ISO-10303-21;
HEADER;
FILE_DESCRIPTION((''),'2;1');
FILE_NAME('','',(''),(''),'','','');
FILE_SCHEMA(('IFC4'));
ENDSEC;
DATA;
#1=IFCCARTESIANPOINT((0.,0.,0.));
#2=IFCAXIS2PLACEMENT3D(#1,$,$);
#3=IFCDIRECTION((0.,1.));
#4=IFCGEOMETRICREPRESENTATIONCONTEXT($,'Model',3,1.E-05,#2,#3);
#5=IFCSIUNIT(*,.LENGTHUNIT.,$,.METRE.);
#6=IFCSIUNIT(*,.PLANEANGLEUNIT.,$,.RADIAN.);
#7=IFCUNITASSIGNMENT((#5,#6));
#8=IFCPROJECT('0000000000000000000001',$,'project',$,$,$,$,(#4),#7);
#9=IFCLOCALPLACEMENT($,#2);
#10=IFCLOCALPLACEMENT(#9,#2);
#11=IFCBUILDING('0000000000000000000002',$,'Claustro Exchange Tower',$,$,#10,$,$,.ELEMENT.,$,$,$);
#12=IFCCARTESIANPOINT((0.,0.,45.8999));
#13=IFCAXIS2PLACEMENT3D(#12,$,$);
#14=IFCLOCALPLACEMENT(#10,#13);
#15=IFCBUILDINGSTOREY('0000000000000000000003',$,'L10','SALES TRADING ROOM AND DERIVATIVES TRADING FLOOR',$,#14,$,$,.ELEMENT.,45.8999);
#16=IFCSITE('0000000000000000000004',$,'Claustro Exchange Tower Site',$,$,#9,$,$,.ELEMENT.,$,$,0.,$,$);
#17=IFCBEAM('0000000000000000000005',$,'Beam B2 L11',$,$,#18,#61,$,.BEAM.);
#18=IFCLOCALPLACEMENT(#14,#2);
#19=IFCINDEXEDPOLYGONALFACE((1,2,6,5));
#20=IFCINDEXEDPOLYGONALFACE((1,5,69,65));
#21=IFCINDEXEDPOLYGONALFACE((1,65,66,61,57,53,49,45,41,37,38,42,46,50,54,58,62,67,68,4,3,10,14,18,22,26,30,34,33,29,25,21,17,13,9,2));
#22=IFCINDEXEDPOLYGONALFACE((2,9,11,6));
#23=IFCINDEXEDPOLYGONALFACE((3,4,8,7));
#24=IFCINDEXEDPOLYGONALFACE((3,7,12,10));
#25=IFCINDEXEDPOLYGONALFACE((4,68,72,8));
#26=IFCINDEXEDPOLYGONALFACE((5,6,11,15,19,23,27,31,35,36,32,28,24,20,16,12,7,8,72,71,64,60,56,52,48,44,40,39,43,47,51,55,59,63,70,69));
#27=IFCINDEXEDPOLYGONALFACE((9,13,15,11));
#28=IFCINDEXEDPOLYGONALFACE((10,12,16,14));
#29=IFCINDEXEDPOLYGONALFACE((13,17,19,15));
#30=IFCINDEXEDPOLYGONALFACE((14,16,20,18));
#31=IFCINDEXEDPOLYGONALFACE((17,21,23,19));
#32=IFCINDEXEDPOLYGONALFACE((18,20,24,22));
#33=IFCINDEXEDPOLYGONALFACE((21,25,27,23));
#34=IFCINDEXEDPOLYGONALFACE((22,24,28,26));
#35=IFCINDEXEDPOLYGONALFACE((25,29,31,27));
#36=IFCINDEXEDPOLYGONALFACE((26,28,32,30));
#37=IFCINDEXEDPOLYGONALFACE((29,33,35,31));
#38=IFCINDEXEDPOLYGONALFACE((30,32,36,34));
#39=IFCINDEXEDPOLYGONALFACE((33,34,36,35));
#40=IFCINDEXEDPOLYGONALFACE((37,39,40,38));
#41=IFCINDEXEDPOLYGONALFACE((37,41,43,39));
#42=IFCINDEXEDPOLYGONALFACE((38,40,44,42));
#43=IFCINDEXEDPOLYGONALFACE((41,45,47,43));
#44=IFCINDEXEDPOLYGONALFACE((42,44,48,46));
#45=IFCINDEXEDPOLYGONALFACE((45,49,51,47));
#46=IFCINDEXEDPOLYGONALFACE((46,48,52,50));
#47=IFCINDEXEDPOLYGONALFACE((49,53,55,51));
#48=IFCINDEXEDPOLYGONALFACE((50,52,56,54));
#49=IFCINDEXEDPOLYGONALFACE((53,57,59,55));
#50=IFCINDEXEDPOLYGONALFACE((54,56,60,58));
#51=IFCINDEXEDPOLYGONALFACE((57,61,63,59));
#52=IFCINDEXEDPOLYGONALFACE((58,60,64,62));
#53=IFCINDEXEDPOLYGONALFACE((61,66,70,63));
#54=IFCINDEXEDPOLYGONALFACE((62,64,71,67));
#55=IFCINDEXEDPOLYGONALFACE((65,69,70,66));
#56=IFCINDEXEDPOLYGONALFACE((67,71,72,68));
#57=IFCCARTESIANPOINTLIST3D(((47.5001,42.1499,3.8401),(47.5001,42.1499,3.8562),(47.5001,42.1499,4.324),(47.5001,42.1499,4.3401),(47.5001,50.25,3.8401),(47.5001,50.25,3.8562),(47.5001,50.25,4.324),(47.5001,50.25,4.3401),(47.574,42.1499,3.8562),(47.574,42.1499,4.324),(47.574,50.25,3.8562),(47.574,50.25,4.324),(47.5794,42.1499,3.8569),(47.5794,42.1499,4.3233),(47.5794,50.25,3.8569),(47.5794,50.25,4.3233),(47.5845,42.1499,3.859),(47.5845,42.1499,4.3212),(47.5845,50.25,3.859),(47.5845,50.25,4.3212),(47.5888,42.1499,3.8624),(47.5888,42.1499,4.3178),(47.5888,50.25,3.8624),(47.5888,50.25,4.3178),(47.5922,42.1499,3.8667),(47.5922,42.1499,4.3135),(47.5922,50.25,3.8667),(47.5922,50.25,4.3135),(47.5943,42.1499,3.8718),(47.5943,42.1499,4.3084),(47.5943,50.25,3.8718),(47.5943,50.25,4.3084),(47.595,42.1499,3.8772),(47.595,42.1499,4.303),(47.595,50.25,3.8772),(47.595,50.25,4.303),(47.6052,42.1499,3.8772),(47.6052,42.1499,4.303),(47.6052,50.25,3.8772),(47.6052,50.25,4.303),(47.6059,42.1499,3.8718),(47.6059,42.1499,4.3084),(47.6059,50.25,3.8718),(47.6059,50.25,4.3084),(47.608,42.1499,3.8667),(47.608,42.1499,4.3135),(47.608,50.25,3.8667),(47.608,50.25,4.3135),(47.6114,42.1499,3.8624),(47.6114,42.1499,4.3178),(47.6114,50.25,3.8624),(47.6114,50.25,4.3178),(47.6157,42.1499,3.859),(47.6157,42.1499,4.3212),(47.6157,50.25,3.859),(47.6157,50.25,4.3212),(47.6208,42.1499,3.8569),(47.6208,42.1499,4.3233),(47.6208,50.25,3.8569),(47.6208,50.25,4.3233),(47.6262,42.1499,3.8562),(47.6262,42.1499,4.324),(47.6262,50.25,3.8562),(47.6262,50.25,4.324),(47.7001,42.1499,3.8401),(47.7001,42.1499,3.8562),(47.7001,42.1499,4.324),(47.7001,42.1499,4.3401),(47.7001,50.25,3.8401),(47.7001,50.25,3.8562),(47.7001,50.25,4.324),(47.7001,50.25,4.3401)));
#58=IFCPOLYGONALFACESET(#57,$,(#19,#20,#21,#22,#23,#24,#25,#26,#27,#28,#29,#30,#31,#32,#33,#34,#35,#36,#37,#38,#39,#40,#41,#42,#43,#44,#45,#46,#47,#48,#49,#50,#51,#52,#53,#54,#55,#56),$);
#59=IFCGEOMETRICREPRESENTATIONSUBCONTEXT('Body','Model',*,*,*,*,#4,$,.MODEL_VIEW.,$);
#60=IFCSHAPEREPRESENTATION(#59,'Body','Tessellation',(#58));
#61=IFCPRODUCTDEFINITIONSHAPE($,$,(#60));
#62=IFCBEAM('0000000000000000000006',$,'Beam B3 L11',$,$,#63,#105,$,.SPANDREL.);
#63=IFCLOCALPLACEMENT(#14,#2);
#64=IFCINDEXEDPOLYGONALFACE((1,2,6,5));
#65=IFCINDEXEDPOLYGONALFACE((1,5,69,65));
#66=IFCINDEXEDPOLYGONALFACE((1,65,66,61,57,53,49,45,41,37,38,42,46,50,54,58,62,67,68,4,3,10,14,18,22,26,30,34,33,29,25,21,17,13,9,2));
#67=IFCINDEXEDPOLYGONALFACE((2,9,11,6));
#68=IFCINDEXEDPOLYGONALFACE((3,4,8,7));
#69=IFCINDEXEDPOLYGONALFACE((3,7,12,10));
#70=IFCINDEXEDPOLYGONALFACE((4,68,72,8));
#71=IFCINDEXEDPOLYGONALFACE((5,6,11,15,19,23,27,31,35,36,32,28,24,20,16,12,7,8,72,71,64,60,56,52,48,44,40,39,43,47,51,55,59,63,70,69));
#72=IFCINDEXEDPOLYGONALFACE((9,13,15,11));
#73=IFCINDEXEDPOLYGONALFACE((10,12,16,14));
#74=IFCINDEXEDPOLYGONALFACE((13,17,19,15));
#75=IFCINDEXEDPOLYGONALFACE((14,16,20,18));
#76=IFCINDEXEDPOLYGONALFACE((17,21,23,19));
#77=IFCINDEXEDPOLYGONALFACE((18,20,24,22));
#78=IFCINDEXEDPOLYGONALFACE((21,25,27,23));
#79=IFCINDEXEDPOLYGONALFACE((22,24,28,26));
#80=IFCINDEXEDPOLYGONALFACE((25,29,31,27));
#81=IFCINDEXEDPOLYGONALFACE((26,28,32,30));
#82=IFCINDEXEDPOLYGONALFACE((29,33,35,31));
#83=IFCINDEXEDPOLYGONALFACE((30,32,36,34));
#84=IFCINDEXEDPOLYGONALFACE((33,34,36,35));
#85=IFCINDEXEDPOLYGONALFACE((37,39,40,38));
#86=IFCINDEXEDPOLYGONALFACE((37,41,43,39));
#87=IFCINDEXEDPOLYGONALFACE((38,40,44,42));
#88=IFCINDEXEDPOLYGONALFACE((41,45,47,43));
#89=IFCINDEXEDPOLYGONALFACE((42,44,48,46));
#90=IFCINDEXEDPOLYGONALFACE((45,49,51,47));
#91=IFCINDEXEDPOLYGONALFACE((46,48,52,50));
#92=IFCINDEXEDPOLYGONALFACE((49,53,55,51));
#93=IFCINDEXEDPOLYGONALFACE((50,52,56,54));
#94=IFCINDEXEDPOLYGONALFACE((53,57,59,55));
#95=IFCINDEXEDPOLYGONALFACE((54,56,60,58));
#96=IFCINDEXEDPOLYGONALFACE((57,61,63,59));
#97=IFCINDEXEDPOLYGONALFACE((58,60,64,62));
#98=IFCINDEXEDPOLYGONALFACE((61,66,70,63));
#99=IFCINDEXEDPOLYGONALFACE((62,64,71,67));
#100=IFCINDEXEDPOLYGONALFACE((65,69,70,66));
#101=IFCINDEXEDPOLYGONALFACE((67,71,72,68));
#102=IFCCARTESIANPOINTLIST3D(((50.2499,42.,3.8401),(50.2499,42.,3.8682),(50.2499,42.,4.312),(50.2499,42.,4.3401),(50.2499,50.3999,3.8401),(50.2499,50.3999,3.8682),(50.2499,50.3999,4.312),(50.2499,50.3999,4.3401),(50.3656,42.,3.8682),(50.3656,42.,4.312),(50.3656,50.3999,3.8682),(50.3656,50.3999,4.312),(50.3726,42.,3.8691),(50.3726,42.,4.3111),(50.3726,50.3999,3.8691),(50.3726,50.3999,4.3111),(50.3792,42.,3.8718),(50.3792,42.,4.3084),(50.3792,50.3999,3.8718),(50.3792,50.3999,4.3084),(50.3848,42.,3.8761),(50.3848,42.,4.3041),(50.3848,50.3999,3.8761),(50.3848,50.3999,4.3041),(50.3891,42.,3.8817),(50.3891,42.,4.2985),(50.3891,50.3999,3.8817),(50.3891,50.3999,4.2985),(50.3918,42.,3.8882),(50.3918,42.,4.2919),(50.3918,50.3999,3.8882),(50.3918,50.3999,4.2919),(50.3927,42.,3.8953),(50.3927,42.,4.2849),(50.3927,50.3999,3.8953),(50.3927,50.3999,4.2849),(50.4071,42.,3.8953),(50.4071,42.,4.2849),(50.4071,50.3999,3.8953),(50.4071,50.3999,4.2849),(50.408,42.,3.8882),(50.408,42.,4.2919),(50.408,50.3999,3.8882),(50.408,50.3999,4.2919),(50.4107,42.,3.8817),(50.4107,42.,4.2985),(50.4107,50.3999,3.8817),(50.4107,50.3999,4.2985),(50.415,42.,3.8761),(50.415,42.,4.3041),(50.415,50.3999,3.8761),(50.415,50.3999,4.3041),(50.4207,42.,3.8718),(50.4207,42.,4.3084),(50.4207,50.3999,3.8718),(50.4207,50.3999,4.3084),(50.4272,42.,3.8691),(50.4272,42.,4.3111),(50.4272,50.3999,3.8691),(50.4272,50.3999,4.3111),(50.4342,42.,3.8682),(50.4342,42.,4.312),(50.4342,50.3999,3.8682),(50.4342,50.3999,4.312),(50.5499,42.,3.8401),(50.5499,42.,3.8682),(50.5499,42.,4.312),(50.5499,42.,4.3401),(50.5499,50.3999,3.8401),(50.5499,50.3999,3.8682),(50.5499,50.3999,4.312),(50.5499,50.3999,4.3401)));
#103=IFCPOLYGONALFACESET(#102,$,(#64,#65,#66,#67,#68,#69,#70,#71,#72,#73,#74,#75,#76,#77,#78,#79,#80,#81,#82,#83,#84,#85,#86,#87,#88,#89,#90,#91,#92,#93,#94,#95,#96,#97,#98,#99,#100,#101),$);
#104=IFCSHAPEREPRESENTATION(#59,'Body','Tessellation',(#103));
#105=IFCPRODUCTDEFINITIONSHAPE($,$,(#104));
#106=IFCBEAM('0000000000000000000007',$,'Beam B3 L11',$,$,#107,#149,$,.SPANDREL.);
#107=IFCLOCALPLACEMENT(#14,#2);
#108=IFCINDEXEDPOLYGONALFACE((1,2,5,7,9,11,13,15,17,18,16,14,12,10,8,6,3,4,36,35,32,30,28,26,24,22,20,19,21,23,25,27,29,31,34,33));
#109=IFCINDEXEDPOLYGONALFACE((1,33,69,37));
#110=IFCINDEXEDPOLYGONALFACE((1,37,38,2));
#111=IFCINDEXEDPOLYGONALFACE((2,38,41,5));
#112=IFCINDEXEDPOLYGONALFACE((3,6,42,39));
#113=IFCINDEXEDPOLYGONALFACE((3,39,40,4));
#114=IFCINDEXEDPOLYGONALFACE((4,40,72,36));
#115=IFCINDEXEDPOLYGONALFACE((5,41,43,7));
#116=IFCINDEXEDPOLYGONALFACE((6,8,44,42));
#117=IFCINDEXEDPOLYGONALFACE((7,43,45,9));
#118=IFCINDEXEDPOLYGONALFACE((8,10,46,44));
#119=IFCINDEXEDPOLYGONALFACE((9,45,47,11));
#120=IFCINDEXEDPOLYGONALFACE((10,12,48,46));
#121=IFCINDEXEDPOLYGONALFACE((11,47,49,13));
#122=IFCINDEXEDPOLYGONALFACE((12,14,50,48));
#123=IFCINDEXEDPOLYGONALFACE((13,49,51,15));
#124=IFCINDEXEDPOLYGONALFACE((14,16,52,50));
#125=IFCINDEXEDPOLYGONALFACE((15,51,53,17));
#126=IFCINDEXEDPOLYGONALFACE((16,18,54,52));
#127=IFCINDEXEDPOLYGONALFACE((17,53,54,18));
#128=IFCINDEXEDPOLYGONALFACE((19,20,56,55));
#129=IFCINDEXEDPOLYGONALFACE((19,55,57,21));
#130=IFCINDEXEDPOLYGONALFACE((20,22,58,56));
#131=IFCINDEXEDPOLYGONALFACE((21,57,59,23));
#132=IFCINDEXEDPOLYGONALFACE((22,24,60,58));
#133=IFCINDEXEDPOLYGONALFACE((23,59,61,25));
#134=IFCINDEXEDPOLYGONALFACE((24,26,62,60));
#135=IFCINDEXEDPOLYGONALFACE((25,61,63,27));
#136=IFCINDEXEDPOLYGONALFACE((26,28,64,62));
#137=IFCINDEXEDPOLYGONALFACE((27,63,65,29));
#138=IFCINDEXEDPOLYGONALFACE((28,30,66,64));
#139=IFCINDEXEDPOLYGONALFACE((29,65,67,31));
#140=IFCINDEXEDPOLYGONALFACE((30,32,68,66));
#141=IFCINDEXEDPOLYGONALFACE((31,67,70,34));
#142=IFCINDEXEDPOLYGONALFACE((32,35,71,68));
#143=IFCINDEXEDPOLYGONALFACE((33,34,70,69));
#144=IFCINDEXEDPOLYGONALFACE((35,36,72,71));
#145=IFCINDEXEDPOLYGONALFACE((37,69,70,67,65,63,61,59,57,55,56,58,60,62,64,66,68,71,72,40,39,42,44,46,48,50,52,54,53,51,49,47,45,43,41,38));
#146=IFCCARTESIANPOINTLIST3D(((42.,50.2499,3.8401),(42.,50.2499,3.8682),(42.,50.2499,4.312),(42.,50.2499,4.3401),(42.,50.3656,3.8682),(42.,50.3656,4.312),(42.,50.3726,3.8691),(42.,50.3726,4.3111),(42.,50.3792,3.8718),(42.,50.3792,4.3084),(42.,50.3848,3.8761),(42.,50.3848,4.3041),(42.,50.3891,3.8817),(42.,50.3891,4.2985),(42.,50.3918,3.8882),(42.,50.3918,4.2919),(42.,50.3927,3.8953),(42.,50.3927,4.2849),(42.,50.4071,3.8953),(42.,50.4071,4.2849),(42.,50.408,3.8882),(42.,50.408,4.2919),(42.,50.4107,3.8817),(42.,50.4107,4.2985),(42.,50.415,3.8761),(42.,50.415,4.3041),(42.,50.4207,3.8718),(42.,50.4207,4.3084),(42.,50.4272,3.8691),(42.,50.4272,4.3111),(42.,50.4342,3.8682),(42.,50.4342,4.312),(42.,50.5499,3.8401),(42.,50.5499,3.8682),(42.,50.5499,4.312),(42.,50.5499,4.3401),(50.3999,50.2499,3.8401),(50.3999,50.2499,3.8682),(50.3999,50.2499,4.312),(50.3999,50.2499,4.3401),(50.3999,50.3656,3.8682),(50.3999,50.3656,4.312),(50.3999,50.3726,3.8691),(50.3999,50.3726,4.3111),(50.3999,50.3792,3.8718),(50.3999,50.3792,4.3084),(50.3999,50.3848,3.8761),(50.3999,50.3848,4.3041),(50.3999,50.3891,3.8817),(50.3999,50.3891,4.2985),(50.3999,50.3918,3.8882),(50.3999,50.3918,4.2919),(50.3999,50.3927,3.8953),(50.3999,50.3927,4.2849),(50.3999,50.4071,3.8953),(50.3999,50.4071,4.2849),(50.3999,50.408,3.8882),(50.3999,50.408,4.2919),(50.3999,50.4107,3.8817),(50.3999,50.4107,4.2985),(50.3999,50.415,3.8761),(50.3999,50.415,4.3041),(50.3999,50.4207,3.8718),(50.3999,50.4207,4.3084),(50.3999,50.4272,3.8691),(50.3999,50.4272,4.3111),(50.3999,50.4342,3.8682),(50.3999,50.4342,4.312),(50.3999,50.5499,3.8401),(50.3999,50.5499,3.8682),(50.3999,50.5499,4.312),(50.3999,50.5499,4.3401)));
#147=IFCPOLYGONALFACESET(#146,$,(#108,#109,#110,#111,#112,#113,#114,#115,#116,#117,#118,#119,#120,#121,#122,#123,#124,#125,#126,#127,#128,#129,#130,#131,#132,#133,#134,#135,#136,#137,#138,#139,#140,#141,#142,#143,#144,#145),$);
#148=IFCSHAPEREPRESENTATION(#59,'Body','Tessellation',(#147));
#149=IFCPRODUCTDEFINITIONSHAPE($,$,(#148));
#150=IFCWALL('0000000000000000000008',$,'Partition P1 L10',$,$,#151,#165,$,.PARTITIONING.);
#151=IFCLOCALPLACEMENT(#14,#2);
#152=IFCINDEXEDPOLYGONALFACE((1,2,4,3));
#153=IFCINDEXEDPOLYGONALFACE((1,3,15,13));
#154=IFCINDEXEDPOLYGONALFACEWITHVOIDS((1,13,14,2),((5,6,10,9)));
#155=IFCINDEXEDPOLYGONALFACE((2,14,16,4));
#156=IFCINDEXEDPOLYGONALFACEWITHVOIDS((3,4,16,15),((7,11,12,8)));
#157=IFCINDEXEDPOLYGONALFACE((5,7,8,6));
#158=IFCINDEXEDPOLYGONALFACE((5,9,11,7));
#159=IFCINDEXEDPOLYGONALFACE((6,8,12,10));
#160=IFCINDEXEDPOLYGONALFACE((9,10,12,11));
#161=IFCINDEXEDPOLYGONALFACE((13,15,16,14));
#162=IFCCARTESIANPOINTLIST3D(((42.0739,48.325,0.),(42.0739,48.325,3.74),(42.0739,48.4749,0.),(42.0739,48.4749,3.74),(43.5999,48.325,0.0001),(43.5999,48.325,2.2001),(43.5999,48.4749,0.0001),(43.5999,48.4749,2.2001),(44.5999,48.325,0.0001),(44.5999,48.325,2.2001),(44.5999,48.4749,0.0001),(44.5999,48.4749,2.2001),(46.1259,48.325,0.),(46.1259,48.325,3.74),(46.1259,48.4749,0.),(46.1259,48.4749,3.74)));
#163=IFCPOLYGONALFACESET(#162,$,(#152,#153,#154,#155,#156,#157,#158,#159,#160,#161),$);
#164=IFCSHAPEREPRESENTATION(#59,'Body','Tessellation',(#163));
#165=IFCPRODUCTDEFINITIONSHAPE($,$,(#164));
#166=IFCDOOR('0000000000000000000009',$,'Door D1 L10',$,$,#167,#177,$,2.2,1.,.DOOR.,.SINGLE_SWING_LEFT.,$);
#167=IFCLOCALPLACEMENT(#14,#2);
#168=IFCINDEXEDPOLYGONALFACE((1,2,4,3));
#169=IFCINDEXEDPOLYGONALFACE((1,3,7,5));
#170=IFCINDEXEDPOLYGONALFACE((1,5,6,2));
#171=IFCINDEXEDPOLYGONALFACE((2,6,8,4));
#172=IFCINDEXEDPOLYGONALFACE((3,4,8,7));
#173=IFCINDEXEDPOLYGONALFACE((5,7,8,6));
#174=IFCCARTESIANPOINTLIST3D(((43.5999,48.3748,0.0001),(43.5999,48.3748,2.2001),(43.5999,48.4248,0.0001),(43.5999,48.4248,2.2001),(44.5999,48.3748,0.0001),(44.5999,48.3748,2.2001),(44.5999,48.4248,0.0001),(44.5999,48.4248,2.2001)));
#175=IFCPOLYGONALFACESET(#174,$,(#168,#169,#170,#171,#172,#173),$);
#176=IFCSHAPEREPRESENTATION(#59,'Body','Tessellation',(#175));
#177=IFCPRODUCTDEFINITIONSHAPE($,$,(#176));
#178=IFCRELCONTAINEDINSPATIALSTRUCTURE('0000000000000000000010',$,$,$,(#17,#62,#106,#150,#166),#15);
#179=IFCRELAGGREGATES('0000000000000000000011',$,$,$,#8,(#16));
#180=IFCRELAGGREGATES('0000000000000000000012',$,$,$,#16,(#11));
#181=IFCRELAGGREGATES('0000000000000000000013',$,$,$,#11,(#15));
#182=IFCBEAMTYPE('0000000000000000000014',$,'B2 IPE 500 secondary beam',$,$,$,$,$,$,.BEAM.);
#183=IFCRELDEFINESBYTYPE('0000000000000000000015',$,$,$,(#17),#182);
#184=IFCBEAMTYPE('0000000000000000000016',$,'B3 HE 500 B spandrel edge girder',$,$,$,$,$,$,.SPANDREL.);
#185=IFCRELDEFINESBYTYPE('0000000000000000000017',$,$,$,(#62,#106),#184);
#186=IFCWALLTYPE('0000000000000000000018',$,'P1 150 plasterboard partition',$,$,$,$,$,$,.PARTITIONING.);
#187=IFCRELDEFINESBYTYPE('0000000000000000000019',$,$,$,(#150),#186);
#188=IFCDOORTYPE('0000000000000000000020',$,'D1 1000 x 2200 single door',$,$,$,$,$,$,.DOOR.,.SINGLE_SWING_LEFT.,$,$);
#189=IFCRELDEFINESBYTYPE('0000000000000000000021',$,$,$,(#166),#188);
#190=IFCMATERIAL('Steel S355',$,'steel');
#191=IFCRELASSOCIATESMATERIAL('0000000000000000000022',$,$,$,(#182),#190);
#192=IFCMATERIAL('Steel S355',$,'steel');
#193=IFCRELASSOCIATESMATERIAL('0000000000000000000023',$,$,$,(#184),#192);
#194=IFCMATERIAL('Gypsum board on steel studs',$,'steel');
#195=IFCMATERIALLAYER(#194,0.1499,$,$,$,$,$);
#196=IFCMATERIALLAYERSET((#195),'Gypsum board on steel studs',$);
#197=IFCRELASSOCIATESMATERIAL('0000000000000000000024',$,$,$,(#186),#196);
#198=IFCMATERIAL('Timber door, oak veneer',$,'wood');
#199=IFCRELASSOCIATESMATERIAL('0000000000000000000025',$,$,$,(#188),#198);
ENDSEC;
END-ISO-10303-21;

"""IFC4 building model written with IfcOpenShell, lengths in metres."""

from ifc_helpers import new_model, si_unit, direction, frame, frame_2d, origin, origin_2d, place, context, subcontext, project, spatial, rectangle, i_section, extrude, material, layer, layer_set, material_profile, profile_set, type_object, element, fill, save


model = new_model("IFC4")

# Units and contexts
model_context = context("Model", 3, precision=1e-05, world=origin(), true_north=direction((0.0, 1.0)))
body_context = subcontext(model_context, "Body", "Model", "MODEL_VIEW")
ifc_project = project(units=[si_unit("LENGTHUNIT", "METRE"), si_unit("PLANEANGLEUNIT", "RADIAN")], contexts=[model_context])

# Site, building, storey
site_placement = place(None, origin())
site = spatial("IfcSite", under=ifc_project, at=site_placement, Name="Claustro Exchange Tower Site", CompositionType="ELEMENT", RefElevation=0.0)
building_placement = place(site_placement, origin())
building = spatial("IfcBuilding", under=site, at=building_placement, Name="Claustro Exchange Tower", CompositionType="ELEMENT")
storey_placement = place(building_placement, frame((0.0, 0.0, 45.8999)))
storey = spatial("IfcBuildingStorey", under=building, at=storey_placement, Name="L10", Description="SALES TRADING ROOM AND DERIVATIVES TRADING FLOOR", CompositionType="ELEMENT", Elevation=45.8999)

# Beams
ifc_material_1 = material(Name="Steel S355", Category="steel")
ifc_material_profile_1 = material_profile(ifc_material_1, i_section(OverallWidth=0.2, OverallDepth=0.5, WebThickness=0.0103, FlangeThickness=0.0161, FilletRadius=0.021, at=origin_2d()), Name="IPE 500")
ifc_profile_set_1 = profile_set([ifc_material_profile_1], Name="Steel S355")
beam_type_1 = type_object("IfcBeamType", Name="B2 IPE 500 secondary beam", PredefinedType="BEAM", material=ifc_profile_set_1)
for number, where, z_axis, x_axis, name in (
    (1, (47.6001, 42.1499, 4.0901), (0.0, 1.0, 0.0), (-1.0, 0.0, 0.0), "Beam B2 L11"),
):
    element("IfcBeam", number, at=place(storey_placement, frame(where, z_axis=z_axis, x_axis=x_axis)), inside=storey, type_object=beam_type_1, Name=name, PredefinedType="BEAM", context=body_context, shape_type="SweptSolid", body=[
        extrude(i_section(OverallWidth=0.2, OverallDepth=0.5, WebThickness=0.0103, FlangeThickness=0.0161, FilletRadius=0.021, at=origin_2d()), origin(), (0.0, 0.0, 1.0), 8.1001),
    ])
ifc_material_2 = material(Name="Steel S355", Category="steel")
ifc_material_profile_2 = material_profile(ifc_material_2, i_section(OverallWidth=0.3, OverallDepth=0.5, WebThickness=0.0144, FlangeThickness=0.0281, FilletRadius=0.0271, at=origin_2d()), Name="HE 500 B")
ifc_profile_set_2 = profile_set([ifc_material_profile_2], Name="Steel S355")
beam_type_2 = type_object("IfcBeamType", Name="B3 HE 500 B spandrel edge girder", PredefinedType="SPANDREL", material=ifc_profile_set_2)
for number, where, z_axis, x_axis, name in (
    (2, (50.3999, 42.0, 4.0901), (0.0, 1.0, 0.0), (-1.0, 0.0, 0.0), "Beam B3 L11"),
    (3, (42.0, 50.3999, 4.0901), (1.0, 0.0, 0.0), (0.0, 1.0, 0.0), "Beam B3 L11"),
):
    element("IfcBeam", number, at=place(storey_placement, frame(where, z_axis=z_axis, x_axis=x_axis)), inside=storey, type_object=beam_type_2, Name=name, PredefinedType="SPANDREL", context=body_context, shape_type="SweptSolid", body=[
        extrude(i_section(OverallWidth=0.3, OverallDepth=0.5, WebThickness=0.0144, FlangeThickness=0.0281, FilletRadius=0.0271, at=origin_2d()), origin(), (0.0, 0.0, 1.0), 8.3999),
    ])

# Wall, opening, door
ifc_material_3 = material(Name="Gypsum board on steel studs", Category="steel")
ifc_layer_1 = layer(ifc_material_3, 0.1499)
ifc_layer_set_1 = layer_set([ifc_layer_1], Name="Gypsum board on steel studs")
wall_type_1 = type_object("IfcWallType", Name="P1 150 plasterboard partition", PredefinedType="PARTITIONING", material=ifc_layer_set_1)
wall_1_placement = place(storey_placement, frame((42.074, 48.3999, 0.0), z_axis=(0.0, 0.0, 1.0), x_axis=(1.0, 0.0, 0.0)))
wall_1 = element("IfcWall", 4, at=wall_1_placement, inside=storey, type_object=wall_type_1, Name="Partition P1 L10", PredefinedType="PARTITIONING", context=body_context, shape_type="SweptSolid", body=[
    extrude(rectangle(XDim=4.052, YDim=0.1499, at=frame_2d((2.0259, 0.0))), origin(), (0.0, 0.0, 1.0), 3.74),
])
opening_1_placement = place(wall_1_placement, frame((1.5259, 0.0, 0.0)))
opening_1 = element("IfcOpeningElement", 5, at=opening_1_placement, cuts=wall_1, PredefinedType="OPENING", context=body_context, shape_type="SweptSolid", body=[
    extrude(rectangle(XDim=1.0, YDim=2.2, at=frame_2d((0.5, 1.1001))), frame((0.0, 0.085, 0.0), z_axis=(0.0, -1.0, 0.0), x_axis=(1.0, 0.0, 0.0)), (0.0, 0.0, 1.0), 0.1699),
])
ifc_material_4 = material(Name="Timber door, oak veneer", Category="wood")
door_type = type_object("IfcDoorType", Name="D1 1000 x 2200 single door", OperationType="SINGLE_SWING_LEFT", PredefinedType="DOOR", material=ifc_material_4)
door_1_placement = place(opening_1_placement, origin())
door_1 = element("IfcDoor", 6, at=door_1_placement, inside=storey, type_object=door_type, Name="Door D1 L10", OperationType="SINGLE_SWING_LEFT", OverallHeight=2.2, OverallWidth=1.0, PredefinedType="DOOR", context=body_context, shape_type="SweptSolid", body=[
    extrude(rectangle(XDim=1.0, YDim=2.2, at=frame_2d((0.5, 1.1001))), frame((0.0, 0.0249, 0.0), z_axis=(0.0, -1.0, 0.0), x_axis=(1.0, 0.0, 0.0)), (0.0, 0.0, 1.0), 0.05),
])
fill(opening_1, door_1)

save(model, "model.ifc")
